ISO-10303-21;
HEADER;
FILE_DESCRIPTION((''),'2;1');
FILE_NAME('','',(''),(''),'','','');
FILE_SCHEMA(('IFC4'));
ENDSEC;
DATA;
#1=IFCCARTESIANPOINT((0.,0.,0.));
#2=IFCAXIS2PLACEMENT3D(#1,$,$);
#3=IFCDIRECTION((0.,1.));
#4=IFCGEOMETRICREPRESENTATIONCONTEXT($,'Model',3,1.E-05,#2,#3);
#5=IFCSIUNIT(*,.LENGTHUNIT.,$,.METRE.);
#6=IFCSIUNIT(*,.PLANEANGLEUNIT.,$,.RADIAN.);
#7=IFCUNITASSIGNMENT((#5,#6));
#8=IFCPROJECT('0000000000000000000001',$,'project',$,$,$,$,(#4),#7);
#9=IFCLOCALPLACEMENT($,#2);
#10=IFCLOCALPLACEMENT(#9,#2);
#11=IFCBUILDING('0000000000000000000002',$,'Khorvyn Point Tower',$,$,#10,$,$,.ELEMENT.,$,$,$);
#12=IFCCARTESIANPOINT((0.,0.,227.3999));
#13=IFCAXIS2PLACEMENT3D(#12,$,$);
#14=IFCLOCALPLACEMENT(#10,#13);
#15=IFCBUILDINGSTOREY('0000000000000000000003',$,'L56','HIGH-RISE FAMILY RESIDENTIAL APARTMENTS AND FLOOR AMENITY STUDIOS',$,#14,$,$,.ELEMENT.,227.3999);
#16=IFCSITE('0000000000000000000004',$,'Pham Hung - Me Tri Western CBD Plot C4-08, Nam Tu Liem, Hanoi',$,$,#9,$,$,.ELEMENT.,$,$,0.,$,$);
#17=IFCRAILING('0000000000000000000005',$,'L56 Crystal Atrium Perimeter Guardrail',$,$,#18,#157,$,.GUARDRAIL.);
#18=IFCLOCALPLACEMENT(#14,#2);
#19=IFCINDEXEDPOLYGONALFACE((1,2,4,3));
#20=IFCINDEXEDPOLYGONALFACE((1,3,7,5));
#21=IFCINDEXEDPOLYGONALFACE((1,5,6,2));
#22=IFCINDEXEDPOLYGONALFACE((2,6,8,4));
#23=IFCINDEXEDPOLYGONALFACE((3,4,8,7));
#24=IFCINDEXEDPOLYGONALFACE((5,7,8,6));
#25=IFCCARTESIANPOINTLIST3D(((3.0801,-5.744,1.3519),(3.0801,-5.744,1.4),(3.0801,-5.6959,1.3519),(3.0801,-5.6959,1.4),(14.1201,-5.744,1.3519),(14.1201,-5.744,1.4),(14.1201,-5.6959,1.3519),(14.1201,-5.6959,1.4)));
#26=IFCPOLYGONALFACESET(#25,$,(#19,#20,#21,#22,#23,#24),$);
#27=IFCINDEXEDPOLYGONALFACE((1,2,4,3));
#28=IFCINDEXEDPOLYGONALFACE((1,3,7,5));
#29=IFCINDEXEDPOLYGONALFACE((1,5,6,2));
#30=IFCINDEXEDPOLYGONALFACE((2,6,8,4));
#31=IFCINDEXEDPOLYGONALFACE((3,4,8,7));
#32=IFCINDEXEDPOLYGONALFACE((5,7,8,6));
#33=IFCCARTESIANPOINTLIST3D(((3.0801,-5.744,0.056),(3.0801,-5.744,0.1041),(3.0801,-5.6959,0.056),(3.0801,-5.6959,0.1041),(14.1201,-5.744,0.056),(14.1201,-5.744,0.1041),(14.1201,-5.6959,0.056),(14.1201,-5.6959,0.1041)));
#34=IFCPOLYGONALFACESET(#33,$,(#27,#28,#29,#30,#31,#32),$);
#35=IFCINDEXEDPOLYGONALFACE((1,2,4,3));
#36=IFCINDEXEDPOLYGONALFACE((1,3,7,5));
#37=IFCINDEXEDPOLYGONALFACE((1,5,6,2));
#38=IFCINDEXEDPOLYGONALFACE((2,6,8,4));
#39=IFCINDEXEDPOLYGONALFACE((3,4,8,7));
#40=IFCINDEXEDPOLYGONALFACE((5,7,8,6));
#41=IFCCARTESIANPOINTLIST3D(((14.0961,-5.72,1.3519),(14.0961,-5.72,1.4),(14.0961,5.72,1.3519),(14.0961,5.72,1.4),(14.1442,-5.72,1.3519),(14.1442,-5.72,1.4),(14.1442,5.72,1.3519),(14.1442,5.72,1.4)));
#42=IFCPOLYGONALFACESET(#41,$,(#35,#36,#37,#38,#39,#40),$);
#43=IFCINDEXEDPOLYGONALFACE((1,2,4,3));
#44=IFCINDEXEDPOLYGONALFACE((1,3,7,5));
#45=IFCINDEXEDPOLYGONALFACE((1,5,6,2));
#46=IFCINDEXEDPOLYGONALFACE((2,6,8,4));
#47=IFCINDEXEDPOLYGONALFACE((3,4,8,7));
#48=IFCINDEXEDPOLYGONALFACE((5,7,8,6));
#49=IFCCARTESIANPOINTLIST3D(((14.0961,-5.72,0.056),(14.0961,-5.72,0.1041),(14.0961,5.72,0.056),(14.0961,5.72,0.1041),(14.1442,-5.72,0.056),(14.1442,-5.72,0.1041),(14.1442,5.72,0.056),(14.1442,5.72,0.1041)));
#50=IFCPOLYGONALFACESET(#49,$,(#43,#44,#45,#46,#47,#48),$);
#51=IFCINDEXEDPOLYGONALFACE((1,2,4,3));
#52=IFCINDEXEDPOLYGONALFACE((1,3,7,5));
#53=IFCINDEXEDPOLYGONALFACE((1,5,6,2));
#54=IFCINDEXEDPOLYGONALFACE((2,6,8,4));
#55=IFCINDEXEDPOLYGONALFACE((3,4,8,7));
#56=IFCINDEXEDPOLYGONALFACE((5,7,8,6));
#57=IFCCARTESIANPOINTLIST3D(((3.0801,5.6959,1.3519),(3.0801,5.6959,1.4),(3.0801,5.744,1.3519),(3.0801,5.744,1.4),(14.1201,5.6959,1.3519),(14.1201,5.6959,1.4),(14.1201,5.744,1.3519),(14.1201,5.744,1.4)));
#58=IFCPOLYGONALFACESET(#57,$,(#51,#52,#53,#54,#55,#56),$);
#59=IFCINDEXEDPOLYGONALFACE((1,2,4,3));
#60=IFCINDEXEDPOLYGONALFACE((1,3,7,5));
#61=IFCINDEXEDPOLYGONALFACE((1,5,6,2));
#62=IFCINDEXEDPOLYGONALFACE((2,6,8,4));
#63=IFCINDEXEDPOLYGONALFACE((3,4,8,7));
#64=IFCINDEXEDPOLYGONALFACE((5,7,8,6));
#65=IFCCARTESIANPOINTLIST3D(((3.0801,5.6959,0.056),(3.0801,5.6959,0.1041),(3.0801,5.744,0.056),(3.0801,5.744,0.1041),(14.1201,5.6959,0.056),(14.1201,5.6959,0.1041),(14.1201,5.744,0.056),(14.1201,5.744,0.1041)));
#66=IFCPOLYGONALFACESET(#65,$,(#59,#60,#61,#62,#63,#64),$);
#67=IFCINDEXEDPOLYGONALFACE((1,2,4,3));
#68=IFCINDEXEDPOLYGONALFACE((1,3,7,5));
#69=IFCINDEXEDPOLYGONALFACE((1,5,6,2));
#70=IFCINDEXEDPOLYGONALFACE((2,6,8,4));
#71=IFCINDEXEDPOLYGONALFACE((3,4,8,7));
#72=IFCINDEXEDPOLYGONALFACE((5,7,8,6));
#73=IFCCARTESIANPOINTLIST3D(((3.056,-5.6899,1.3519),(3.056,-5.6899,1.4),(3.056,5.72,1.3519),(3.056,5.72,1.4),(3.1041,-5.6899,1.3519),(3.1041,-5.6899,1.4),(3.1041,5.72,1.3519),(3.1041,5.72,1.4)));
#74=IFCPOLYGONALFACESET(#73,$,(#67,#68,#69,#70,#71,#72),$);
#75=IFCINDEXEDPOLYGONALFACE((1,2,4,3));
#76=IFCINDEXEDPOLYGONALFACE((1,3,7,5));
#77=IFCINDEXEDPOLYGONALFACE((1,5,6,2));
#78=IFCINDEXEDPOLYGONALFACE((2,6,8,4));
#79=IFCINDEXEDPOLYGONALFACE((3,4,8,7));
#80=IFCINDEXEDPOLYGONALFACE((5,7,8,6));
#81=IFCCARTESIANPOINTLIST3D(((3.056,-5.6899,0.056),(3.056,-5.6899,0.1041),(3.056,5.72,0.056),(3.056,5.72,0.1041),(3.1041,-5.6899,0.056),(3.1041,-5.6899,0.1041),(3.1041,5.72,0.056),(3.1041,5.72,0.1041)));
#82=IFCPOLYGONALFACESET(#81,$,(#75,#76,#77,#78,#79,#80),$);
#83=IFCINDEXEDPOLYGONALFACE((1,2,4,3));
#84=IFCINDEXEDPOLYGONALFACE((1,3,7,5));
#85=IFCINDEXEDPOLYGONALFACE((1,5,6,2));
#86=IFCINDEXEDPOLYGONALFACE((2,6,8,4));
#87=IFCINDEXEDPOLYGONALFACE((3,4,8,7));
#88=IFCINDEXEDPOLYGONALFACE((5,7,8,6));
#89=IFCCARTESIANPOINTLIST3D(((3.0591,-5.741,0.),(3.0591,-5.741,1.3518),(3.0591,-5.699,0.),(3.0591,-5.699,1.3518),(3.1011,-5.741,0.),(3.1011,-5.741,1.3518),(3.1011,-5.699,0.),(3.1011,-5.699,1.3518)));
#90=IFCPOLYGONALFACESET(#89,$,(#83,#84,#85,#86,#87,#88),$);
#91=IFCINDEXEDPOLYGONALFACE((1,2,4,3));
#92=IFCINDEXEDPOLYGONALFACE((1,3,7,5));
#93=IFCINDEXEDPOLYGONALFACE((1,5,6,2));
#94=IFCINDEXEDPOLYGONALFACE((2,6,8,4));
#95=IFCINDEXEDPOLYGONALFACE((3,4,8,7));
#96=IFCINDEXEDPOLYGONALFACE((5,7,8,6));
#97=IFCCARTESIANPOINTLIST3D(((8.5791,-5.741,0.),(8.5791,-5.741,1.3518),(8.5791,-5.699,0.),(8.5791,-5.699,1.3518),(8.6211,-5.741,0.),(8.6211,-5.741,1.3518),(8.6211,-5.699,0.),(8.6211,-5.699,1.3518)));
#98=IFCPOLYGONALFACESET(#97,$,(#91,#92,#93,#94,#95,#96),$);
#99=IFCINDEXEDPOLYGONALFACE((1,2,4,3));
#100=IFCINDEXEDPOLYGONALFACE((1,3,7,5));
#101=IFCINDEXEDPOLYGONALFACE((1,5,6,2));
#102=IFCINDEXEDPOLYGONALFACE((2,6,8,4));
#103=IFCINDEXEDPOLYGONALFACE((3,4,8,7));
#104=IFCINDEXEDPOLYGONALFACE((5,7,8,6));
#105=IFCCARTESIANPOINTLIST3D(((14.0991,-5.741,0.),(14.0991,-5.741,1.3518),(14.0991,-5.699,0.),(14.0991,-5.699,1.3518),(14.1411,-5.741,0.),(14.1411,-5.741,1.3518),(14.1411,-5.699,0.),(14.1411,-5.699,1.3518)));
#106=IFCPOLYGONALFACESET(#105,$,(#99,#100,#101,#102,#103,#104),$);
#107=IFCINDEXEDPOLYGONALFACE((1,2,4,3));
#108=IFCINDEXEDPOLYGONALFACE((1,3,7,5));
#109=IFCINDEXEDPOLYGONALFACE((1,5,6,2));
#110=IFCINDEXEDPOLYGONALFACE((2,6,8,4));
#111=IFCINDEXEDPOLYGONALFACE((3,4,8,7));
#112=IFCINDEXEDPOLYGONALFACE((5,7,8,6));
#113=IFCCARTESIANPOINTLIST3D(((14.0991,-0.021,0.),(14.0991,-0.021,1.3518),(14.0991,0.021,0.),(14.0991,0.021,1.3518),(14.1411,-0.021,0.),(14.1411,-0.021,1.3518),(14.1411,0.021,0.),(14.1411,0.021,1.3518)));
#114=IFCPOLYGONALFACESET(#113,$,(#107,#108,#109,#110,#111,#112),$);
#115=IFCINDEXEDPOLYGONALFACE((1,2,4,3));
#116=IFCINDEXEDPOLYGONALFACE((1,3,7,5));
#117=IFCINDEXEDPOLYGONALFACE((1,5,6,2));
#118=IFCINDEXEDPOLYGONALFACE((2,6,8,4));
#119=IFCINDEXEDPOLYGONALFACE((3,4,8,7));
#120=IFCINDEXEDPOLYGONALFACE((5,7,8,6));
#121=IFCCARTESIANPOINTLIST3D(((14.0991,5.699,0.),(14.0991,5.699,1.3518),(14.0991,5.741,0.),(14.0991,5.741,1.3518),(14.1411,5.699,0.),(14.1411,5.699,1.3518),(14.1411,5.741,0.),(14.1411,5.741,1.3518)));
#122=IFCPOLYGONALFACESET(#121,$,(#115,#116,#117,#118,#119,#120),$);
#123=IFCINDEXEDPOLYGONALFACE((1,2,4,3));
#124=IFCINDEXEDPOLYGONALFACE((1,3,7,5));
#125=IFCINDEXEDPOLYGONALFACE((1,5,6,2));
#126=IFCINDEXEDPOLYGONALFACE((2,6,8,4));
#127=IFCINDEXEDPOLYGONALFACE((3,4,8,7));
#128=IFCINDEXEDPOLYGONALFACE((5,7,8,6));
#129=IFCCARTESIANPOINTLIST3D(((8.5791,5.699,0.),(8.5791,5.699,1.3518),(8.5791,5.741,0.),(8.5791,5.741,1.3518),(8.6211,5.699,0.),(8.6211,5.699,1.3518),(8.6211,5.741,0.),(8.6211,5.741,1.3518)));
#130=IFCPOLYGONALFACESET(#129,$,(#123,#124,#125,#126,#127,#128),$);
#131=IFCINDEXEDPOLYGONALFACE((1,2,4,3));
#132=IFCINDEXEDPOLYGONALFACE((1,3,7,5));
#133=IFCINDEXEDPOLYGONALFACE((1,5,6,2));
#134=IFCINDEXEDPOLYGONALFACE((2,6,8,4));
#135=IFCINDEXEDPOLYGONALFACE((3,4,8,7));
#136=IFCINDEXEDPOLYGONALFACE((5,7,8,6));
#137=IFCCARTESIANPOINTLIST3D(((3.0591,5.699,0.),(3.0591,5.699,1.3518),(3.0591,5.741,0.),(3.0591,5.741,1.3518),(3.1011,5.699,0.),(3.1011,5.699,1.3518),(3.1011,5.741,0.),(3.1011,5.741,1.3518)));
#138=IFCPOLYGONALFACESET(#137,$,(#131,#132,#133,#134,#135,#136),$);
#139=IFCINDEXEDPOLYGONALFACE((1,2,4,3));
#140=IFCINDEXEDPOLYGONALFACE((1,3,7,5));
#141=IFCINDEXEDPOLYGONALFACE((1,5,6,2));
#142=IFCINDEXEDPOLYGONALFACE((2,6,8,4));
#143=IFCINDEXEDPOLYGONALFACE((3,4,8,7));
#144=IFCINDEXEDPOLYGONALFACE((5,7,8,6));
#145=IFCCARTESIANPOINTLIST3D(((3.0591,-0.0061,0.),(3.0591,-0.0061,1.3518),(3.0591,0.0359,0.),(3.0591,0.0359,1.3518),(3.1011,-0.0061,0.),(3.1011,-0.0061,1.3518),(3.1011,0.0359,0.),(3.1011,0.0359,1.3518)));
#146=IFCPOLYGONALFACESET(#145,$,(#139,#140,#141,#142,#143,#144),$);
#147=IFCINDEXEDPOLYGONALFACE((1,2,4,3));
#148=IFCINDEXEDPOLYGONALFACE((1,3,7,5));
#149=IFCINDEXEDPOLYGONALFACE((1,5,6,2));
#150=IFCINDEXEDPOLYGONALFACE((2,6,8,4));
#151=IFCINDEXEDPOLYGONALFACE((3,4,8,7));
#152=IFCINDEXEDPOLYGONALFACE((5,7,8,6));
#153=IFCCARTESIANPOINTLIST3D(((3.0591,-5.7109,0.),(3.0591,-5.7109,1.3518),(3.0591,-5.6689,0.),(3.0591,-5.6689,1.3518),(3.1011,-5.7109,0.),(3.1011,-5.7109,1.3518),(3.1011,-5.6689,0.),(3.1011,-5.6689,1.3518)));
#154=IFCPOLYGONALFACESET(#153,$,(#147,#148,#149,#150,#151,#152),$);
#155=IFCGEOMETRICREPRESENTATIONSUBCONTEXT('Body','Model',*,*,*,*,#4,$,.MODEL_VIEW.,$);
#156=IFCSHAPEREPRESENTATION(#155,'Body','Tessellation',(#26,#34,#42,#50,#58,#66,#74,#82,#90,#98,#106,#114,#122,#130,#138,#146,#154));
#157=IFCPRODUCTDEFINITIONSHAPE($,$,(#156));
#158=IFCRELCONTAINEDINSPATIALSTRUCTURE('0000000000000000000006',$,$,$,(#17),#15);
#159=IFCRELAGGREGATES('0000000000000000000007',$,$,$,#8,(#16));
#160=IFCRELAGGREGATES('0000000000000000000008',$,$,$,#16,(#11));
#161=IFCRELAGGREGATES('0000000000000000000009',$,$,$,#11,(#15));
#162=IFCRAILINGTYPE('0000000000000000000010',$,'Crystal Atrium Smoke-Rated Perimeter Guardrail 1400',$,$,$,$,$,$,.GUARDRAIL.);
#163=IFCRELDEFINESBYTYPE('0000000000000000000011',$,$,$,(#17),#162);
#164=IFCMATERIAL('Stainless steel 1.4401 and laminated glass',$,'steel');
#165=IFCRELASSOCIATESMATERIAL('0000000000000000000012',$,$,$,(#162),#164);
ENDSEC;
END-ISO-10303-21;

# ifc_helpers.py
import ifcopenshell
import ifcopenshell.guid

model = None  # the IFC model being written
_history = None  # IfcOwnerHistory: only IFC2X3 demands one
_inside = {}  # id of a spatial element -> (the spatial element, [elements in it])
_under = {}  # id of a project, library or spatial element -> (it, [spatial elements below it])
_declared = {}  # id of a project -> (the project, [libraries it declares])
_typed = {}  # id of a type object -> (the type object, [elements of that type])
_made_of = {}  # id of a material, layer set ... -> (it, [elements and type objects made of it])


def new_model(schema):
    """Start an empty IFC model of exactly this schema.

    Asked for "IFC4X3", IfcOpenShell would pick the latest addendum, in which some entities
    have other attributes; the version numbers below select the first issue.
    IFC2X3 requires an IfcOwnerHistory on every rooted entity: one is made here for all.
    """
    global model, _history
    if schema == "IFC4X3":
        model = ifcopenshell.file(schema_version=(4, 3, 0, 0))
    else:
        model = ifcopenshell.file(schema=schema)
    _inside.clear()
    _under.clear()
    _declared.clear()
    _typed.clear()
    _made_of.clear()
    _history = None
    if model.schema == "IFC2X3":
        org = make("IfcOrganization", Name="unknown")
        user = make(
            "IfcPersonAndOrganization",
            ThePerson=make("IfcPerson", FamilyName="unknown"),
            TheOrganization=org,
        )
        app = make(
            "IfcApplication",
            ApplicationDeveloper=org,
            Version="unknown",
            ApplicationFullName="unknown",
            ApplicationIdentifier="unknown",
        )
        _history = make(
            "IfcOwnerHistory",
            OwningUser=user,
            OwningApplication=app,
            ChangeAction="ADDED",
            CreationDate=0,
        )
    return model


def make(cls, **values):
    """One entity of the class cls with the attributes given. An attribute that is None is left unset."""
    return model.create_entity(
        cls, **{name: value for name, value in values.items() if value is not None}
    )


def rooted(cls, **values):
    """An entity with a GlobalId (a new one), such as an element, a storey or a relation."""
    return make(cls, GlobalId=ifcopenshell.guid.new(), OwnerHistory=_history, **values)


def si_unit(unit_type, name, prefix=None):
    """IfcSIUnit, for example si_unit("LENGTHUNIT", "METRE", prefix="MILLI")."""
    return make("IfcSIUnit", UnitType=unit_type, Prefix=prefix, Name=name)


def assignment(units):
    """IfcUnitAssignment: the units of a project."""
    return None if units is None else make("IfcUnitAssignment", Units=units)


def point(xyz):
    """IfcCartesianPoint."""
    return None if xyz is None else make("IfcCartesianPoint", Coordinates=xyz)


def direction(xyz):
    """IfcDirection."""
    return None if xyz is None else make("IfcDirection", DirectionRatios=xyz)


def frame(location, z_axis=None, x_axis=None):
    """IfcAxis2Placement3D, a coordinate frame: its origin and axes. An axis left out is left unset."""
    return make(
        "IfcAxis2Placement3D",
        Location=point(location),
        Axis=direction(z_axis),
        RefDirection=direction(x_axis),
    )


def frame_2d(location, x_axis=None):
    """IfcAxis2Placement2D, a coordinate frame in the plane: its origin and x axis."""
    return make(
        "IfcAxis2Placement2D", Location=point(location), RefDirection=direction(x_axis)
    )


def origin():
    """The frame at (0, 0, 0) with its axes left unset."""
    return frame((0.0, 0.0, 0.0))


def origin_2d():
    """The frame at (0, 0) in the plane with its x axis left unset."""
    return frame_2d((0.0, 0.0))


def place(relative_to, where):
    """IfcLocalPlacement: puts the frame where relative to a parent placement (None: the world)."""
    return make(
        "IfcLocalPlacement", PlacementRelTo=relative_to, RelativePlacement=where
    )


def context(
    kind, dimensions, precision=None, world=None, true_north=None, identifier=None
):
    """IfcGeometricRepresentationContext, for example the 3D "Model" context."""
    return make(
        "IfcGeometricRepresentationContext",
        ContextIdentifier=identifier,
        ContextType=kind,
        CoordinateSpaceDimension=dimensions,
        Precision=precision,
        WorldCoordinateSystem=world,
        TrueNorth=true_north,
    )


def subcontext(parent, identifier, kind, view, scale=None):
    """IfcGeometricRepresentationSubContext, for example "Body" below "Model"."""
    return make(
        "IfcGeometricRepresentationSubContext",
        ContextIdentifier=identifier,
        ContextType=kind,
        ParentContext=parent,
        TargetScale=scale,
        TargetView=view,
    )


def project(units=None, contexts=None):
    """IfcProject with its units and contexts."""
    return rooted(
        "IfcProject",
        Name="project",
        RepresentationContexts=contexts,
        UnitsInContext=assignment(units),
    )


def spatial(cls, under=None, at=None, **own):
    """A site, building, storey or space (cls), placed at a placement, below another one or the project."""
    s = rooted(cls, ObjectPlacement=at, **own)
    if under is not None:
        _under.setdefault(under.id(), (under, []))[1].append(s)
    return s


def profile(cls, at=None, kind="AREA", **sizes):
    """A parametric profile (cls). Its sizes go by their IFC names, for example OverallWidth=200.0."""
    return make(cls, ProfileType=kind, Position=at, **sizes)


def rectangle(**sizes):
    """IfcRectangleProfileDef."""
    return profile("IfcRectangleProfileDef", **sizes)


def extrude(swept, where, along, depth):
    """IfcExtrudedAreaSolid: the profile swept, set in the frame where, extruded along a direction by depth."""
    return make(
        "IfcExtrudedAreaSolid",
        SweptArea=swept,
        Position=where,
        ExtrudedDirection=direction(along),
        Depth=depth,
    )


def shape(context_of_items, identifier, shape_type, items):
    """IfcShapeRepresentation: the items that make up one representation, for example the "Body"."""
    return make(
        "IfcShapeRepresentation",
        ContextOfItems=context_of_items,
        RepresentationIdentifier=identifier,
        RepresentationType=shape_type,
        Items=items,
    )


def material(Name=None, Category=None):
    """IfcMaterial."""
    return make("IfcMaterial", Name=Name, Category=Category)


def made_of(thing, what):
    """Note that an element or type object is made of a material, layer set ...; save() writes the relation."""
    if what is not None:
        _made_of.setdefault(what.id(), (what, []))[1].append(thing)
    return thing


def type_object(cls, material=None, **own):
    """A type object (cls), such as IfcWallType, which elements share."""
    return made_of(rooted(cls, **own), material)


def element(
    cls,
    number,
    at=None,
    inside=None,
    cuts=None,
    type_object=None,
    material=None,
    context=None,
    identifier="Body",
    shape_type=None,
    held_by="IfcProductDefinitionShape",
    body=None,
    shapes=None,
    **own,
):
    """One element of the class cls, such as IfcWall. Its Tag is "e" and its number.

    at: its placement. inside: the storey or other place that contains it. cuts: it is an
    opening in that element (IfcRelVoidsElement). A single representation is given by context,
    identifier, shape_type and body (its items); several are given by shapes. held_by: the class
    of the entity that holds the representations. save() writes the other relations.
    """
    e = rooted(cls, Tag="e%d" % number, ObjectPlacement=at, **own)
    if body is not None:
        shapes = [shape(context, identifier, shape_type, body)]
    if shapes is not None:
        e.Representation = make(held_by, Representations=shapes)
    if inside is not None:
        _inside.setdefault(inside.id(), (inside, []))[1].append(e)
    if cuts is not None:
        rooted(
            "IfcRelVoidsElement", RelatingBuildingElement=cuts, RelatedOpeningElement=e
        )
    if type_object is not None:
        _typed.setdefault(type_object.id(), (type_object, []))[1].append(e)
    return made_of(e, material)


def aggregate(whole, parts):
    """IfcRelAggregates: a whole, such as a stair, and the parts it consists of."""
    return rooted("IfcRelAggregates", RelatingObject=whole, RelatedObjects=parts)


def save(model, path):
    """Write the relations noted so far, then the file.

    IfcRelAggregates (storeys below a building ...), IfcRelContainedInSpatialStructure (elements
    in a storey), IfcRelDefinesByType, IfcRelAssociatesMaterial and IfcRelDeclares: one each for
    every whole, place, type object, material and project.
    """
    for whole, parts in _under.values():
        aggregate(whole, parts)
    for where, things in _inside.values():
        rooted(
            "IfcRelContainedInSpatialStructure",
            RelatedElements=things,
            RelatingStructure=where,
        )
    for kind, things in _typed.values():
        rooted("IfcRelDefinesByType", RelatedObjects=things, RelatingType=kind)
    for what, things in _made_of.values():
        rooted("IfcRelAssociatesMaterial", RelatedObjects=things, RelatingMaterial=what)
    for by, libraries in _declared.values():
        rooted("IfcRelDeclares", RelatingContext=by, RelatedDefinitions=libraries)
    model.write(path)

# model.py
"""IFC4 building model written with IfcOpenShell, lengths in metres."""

from ifc_helpers import new_model, si_unit, direction, frame, origin, origin_2d, place, context, subcontext, project, spatial, rectangle, extrude, material, type_object, element, save


model = new_model("IFC4")

# Units and contexts
model_context = context("Model", 3, precision=1e-05, world=origin(), true_north=direction((0.0, 1.0)))
body_context = subcontext(model_context, "Body", "Model", "MODEL_VIEW")
ifc_project = project(units=[si_unit("LENGTHUNIT", "METRE"), si_unit("PLANEANGLEUNIT", "RADIAN")], contexts=[model_context])

# Site, building, storey
site_placement = place(None, origin())
site = spatial("IfcSite", under=ifc_project, at=site_placement, Name="Pham Hung - Me Tri Western CBD Plot C4-08, Nam Tu Liem, Hanoi", CompositionType="ELEMENT", RefElevation=0.0)
building_placement = place(site_placement, origin())
building = spatial("IfcBuilding", under=site, at=building_placement, Name="Khorvyn Point Tower", CompositionType="ELEMENT")
storey_placement = place(building_placement, frame((0.0, 0.0, 227.3999)))
storey = spatial("IfcBuildingStorey", under=building, at=storey_placement, Name="L56", Description="HIGH-RISE FAMILY RESIDENTIAL APARTMENTS AND FLOOR AMENITY STUDIOS", CompositionType="ELEMENT", Elevation=227.3999)

# Railing
ifc_material_1 = material(Name="Stainless steel 1.4401 and laminated glass", Category="steel")
railing_type = type_object("IfcRailingType", Name="Crystal Atrium Smoke-Rated Perimeter Guardrail 1400", PredefinedType="GUARDRAIL", material=ifc_material_1)
railing_placement = place(storey_placement, frame((3.0801, -5.72, 0.0)))
element("IfcRailing", 1, at=railing_placement, inside=storey, type_object=railing_type, Name="L56 Crystal Atrium Perimeter Guardrail", PredefinedType="GUARDRAIL", context=body_context, shape_type="SweptSolid", body=[
    extrude(rectangle(XDim=0.0481, YDim=0.0481, at=origin_2d()), frame((0.0, 0.0, 1.376), z_axis=(1.0, 0.0, 0.0), x_axis=(0.0, 1.0, 0.0)), (0.0, 0.0, 1.0), 11.04),
    extrude(rectangle(XDim=0.0481, YDim=0.0481, at=origin_2d()), frame((0.0, 0.0, 0.0801), z_axis=(1.0, 0.0, 0.0), x_axis=(0.0, 1.0, 0.0)), (0.0, 0.0, 1.0), 11.04),
    extrude(rectangle(XDim=0.0481, YDim=0.0481, at=origin_2d()), frame((11.04, 0.0, 1.376), z_axis=(0.0, 1.0, 0.0), x_axis=(-1.0, 0.0, 0.0)), (0.0, 0.0, 1.0), 11.4399),
    extrude(rectangle(XDim=0.0481, YDim=0.0481, at=origin_2d()), frame((11.04, 0.0, 0.0801), z_axis=(0.0, 1.0, 0.0), x_axis=(-1.0, 0.0, 0.0)), (0.0, 0.0, 1.0), 11.4399),
    extrude(rectangle(XDim=0.0481, YDim=0.0481, at=origin_2d()), frame((11.04, 11.4399, 1.376), z_axis=(-1.0, 0.0, 0.0), x_axis=(0.0, -1.0, 0.0)), (0.0, 0.0, 1.0), 11.04),
    extrude(rectangle(XDim=0.0481, YDim=0.0481, at=origin_2d()), frame((11.04, 11.4399, 0.0801), z_axis=(-1.0, 0.0, 0.0), x_axis=(0.0, -1.0, 0.0)), (0.0, 0.0, 1.0), 11.04),
    extrude(rectangle(XDim=0.0481, YDim=0.0481, at=origin_2d()), frame((0.0, 11.4399, 1.376), z_axis=(0.0, -1.0, 0.0), x_axis=(1.0, 0.0, 0.0)), (0.0, 0.0, 1.0), 11.4099),
    extrude(rectangle(XDim=0.0481, YDim=0.0481, at=origin_2d()), frame((0.0, 11.4399, 0.0801), z_axis=(0.0, -1.0, 0.0), x_axis=(1.0, 0.0, 0.0)), (0.0, 0.0, 1.0), 11.4099),
    extrude(rectangle(XDim=0.042, YDim=0.042, at=origin_2d()), origin(), (0.0, 0.0, 1.0), 1.3518),
    extrude(rectangle(XDim=0.042, YDim=0.042, at=origin_2d()), frame((5.52, 0.0, 0.0)), (0.0, 0.0, 1.0), 1.3518),
    extrude(rectangle(XDim=0.042, YDim=0.042, at=origin_2d()), frame((11.04, 0.0, 0.0)), (0.0, 0.0, 1.0), 1.3518),
    extrude(rectangle(XDim=0.042, YDim=0.042, at=origin_2d()), frame((11.04, 5.72, 0.0)), (0.0, 0.0, 1.0), 1.3518),
    extrude(rectangle(XDim=0.042, YDim=0.042, at=origin_2d()), frame((11.04, 11.4399, 0.0)), (0.0, 0.0, 1.0), 1.3518),
    extrude(rectangle(XDim=0.042, YDim=0.042, at=origin_2d()), frame((5.52, 11.4399, 0.0)), (0.0, 0.0, 1.0), 1.3518),
    extrude(rectangle(XDim=0.042, YDim=0.042, at=origin_2d()), frame((0.0, 11.4399, 0.0)), (0.0, 0.0, 1.0), 1.3518),
    extrude(rectangle(XDim=0.042, YDim=0.042, at=origin_2d()), frame((0.0, 5.7349, 0.0)), (0.0, 0.0, 1.0), 1.3518),
    extrude(rectangle(XDim=0.042, YDim=0.042, at=origin_2d()), frame((0.0, 0.03, 0.0)), (0.0, 0.0, 1.0), 1.3518),
])

save(model, "model.ifc")
